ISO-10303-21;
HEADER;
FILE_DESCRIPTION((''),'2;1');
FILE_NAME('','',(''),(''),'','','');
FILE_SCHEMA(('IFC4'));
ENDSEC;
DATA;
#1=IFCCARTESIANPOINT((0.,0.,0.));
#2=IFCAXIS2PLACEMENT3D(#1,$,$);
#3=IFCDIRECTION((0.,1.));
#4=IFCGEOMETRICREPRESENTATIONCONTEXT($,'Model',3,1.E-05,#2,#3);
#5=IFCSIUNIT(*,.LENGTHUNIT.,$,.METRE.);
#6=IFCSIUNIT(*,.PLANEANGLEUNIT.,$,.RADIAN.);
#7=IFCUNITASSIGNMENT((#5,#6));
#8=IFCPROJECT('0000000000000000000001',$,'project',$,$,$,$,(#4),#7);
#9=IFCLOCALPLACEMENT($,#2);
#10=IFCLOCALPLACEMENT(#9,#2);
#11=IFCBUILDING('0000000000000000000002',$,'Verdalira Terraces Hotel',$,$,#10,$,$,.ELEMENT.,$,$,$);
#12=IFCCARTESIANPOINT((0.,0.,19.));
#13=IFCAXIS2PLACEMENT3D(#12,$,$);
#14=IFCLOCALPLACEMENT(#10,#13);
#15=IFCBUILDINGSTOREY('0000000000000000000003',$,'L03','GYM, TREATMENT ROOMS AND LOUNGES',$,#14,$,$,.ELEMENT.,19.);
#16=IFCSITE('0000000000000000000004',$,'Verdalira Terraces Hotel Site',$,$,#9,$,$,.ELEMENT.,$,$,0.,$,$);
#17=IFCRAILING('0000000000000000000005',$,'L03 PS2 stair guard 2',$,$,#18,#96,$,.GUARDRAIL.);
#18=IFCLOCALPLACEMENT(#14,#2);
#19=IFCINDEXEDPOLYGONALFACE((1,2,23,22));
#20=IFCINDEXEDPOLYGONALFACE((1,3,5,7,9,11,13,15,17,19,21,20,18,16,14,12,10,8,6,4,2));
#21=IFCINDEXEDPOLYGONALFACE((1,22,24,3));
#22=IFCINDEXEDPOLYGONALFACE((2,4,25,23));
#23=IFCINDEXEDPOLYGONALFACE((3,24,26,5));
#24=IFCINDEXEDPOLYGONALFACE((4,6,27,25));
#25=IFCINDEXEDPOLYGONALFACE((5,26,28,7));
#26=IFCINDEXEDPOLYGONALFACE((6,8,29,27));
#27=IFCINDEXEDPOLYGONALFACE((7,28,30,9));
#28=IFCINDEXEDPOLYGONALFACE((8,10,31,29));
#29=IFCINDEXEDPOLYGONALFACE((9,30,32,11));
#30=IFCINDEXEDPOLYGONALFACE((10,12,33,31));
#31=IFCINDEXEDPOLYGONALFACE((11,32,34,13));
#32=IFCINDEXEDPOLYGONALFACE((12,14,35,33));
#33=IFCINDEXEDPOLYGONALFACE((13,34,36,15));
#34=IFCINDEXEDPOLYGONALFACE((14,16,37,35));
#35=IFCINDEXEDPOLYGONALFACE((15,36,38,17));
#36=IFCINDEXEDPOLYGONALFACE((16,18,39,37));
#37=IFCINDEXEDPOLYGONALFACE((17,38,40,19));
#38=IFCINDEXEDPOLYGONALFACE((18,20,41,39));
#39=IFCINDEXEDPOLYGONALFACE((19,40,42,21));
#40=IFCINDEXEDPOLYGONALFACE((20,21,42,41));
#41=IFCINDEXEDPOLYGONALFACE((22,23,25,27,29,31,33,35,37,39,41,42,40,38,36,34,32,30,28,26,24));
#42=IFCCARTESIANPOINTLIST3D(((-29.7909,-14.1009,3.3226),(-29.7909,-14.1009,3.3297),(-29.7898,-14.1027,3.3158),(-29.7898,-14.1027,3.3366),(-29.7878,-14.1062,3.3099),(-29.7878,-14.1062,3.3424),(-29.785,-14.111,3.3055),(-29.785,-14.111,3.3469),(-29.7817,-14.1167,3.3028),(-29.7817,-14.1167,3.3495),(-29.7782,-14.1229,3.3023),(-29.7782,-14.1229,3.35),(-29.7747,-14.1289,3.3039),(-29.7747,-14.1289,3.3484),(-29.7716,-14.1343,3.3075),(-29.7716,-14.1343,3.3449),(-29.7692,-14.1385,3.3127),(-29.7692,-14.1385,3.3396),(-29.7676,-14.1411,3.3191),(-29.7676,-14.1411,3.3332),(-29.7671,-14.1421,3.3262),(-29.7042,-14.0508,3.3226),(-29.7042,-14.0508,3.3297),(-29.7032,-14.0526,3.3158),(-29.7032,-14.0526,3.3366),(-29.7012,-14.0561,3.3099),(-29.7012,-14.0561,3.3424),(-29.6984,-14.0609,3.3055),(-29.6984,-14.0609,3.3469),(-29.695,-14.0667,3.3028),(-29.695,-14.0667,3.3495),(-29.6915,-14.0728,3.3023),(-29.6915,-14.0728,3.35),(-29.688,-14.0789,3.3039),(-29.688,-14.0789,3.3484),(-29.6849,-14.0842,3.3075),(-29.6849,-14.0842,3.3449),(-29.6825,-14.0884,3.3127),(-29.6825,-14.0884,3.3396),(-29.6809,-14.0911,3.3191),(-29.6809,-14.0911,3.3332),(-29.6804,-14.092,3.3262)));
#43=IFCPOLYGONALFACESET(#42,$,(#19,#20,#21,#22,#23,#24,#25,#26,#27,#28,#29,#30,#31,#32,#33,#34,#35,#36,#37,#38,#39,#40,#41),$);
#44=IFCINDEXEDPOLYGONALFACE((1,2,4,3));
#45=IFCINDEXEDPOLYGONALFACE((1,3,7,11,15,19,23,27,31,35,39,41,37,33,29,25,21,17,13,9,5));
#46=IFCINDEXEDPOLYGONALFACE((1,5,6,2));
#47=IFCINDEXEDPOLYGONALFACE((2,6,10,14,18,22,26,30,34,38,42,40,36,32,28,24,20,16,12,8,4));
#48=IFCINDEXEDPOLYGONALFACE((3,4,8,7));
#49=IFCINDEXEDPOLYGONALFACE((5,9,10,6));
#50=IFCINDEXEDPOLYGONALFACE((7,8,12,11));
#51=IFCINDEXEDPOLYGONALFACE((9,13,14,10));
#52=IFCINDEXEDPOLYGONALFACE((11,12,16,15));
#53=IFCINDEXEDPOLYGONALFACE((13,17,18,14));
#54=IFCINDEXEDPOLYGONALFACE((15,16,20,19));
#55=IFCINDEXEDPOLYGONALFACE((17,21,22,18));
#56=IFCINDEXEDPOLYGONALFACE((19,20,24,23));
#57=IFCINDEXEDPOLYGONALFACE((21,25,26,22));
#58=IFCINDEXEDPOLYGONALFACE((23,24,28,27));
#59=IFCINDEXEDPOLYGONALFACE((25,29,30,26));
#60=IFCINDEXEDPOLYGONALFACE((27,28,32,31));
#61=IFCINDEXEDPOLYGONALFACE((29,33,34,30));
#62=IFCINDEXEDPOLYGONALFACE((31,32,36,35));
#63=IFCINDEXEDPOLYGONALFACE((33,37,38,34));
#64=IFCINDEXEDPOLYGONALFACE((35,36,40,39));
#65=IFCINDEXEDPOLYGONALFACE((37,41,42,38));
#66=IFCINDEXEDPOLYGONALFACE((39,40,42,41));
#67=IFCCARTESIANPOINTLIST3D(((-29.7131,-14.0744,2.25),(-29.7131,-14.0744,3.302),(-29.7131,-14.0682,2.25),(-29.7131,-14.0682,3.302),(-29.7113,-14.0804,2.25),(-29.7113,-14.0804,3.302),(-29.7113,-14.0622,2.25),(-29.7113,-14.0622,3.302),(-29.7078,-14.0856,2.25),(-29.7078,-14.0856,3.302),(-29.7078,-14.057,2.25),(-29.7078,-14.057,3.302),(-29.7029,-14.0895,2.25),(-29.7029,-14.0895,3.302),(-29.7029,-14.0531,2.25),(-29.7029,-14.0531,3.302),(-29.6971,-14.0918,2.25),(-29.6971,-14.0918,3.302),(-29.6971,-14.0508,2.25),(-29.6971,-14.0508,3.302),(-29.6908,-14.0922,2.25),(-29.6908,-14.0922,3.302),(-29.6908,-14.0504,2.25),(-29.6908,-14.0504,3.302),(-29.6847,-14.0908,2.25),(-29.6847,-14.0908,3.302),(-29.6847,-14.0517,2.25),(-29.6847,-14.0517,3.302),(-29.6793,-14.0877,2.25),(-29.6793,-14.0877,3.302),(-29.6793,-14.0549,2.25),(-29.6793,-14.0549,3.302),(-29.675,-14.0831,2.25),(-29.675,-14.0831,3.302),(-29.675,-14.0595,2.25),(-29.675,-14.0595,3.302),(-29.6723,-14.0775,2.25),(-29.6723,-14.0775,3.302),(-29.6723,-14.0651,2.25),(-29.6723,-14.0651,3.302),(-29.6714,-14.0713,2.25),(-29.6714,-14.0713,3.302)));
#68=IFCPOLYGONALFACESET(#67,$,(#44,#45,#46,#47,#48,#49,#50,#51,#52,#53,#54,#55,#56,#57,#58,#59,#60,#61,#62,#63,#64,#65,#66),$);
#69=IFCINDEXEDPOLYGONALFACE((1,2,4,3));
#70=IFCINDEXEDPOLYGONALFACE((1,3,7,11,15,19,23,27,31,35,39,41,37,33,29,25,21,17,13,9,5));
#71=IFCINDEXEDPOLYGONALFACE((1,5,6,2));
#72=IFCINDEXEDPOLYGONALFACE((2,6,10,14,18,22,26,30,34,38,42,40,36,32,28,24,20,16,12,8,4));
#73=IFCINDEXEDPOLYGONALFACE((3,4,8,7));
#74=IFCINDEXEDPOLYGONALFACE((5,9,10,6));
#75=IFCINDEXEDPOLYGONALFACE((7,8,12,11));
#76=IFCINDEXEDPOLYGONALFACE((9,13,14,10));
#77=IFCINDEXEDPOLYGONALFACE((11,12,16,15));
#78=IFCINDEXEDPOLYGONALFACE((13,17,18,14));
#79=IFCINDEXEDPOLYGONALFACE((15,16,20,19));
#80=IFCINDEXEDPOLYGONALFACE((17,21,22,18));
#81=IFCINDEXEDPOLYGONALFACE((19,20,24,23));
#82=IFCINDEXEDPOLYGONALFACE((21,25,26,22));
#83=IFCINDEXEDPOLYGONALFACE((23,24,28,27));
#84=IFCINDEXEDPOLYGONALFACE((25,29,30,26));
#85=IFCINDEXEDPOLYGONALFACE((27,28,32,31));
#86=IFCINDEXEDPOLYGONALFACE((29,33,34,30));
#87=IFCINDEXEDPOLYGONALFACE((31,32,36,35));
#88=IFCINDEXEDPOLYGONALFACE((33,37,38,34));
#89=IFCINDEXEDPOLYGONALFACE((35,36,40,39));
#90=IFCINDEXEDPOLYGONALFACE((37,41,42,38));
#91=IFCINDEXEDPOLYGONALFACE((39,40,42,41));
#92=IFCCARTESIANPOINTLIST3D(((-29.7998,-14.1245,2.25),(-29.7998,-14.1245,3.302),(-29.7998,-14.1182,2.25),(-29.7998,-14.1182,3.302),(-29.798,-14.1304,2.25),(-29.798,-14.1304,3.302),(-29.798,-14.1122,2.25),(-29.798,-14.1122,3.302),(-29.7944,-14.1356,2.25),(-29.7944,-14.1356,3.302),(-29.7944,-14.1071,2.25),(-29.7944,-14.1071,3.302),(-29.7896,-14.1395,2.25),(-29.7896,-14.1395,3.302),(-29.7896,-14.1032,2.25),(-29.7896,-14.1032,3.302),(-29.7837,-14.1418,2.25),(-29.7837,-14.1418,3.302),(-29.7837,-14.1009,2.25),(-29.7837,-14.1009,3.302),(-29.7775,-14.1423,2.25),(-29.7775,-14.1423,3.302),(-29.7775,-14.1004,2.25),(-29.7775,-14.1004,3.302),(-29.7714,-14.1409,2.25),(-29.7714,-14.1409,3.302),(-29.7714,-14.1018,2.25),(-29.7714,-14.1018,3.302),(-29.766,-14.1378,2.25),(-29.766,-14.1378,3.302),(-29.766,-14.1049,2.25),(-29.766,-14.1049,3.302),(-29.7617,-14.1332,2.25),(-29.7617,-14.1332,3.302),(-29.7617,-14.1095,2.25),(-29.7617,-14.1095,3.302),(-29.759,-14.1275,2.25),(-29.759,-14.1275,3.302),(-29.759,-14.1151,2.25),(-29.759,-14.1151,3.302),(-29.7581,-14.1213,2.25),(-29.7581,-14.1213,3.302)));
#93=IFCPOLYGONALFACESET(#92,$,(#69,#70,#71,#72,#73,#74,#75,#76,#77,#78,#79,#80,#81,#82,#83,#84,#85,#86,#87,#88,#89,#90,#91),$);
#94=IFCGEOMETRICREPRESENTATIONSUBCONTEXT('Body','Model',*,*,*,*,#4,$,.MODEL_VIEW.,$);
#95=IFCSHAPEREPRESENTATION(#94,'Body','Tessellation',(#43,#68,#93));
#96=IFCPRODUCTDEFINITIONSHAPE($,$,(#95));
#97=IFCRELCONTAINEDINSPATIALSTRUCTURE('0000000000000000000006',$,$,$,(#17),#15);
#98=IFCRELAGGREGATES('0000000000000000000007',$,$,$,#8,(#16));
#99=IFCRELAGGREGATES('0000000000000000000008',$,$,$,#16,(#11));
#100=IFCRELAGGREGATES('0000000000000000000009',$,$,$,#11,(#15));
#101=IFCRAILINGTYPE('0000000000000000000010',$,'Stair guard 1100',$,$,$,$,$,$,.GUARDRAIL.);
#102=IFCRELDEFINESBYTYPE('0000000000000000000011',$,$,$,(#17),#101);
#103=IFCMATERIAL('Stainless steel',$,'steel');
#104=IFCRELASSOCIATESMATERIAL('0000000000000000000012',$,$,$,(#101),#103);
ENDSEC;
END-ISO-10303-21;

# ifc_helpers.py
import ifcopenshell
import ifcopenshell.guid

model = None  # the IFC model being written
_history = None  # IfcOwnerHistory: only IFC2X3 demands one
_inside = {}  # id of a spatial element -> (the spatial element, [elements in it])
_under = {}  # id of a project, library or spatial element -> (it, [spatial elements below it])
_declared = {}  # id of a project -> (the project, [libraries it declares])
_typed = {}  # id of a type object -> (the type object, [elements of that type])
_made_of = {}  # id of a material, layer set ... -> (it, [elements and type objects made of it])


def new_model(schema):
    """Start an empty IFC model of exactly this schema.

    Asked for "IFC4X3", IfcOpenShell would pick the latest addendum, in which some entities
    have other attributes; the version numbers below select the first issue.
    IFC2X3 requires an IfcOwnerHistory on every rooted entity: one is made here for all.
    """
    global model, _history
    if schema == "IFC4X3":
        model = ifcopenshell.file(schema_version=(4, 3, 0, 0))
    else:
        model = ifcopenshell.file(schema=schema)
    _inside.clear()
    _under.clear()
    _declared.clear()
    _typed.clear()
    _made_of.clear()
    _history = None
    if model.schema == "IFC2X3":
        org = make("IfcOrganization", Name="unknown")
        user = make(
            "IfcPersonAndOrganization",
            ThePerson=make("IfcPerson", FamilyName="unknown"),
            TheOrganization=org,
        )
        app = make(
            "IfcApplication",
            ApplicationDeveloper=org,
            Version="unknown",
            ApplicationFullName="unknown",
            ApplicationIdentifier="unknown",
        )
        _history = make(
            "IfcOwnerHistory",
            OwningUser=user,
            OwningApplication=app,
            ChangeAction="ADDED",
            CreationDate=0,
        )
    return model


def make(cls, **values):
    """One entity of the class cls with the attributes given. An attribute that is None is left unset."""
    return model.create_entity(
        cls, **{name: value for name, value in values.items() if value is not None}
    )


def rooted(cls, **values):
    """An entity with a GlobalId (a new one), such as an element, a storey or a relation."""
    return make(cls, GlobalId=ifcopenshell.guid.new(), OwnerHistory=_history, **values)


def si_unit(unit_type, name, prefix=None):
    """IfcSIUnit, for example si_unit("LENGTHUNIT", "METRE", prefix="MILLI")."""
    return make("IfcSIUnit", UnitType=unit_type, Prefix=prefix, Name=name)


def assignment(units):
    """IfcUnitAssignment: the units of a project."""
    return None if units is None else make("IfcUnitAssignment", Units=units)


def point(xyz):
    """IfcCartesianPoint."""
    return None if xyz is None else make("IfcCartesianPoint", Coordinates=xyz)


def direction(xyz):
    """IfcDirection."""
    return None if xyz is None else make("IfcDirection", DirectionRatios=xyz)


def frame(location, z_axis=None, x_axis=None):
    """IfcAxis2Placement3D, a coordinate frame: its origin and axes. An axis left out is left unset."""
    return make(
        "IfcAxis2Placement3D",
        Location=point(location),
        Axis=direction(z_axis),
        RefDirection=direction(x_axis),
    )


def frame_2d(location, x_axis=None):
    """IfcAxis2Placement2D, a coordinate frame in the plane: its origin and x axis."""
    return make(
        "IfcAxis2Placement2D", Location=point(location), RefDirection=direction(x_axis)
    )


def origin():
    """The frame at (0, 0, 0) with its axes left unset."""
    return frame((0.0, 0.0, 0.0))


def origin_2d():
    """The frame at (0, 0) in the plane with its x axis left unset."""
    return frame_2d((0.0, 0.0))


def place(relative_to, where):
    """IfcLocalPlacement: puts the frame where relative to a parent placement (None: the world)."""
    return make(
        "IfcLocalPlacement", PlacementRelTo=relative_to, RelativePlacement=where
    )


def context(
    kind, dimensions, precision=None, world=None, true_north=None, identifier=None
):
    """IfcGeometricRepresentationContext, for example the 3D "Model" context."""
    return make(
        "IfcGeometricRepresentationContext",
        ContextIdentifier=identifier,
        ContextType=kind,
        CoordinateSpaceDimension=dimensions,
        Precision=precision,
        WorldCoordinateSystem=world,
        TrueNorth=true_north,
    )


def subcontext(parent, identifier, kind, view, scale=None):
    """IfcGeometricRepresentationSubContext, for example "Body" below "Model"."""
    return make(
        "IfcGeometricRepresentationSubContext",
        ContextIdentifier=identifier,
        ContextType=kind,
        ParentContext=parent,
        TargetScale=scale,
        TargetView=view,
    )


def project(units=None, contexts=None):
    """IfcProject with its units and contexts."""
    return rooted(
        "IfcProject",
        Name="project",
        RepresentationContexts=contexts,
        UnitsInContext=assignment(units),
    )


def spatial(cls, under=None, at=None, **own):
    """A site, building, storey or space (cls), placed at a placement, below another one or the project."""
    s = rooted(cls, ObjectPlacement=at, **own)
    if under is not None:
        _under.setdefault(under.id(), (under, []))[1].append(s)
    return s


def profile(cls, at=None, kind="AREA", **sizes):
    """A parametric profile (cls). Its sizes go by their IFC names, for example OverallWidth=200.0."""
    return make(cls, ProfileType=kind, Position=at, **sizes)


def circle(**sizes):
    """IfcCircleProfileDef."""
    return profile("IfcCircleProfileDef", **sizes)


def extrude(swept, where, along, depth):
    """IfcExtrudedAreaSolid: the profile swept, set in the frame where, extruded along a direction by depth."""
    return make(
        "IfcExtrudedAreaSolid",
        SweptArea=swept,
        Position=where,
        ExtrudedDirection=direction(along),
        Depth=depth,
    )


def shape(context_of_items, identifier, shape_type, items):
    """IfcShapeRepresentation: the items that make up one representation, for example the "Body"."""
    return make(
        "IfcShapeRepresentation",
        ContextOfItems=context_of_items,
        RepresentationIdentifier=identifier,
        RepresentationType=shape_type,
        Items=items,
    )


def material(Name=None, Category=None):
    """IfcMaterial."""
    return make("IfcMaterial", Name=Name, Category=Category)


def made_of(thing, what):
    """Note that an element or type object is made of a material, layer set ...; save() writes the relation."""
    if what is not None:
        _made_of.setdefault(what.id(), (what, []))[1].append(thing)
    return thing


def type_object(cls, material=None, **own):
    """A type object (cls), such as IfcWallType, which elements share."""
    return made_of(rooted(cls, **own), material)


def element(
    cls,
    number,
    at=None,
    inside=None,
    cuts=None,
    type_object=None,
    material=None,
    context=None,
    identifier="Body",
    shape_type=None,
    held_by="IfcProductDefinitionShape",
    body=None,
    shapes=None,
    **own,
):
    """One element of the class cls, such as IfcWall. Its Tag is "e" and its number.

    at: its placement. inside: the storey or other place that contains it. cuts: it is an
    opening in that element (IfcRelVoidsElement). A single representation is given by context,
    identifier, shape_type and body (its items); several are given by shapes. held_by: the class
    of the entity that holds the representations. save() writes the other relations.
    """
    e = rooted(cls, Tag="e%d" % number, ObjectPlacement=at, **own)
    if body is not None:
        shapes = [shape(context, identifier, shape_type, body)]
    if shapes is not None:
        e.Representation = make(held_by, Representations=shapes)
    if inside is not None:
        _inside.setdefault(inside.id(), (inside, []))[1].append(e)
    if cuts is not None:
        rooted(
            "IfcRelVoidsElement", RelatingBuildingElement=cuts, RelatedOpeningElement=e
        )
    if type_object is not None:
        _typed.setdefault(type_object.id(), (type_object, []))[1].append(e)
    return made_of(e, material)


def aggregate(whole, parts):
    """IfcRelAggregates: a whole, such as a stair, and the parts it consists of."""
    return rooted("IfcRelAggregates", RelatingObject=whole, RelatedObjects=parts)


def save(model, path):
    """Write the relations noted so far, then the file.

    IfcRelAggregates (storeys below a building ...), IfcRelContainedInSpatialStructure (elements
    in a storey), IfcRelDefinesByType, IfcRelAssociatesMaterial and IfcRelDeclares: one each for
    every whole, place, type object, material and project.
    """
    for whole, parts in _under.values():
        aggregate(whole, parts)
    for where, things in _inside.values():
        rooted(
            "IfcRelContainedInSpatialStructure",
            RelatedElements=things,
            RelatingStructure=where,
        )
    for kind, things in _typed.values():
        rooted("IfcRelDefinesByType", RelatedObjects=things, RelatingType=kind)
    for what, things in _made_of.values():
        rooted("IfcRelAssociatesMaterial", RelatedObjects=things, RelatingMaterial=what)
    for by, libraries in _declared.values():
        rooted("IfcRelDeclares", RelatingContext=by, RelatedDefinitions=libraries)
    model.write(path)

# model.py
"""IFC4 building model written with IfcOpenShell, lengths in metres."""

from ifc_helpers import new_model, si_unit, direction, frame, origin, origin_2d, place, context, subcontext, project, spatial, circle, extrude, material, type_object, element, save


model = new_model("IFC4")

# Units and contexts
model_context = context("Model", 3, precision=1e-05, world=origin(), true_north=direction((0.0, 1.0)))
body_context = subcontext(model_context, "Body", "Model", "MODEL_VIEW")
ifc_project = project(units=[si_unit("LENGTHUNIT", "METRE"), si_unit("PLANEANGLEUNIT", "RADIAN")], contexts=[model_context])

# Site, building, storey
site_placement = place(None, origin())
site = spatial("IfcSite", under=ifc_project, at=site_placement, Name="Verdalira Terraces Hotel Site", CompositionType="ELEMENT", RefElevation=0.0)
building_placement = place(site_placement, origin())
building = spatial("IfcBuilding", under=site, at=building_placement, Name="Verdalira Terraces Hotel", CompositionType="ELEMENT")
storey_placement = place(building_placement, frame((0.0, 0.0, 19.0)))
storey = spatial("IfcBuildingStorey", under=building, at=storey_placement, Name="L03", Description="GYM, TREATMENT ROOMS AND LOUNGES", CompositionType="ELEMENT", Elevation=19.0)

# Railing
ifc_material_1 = material(Name="Stainless steel", Category="steel")
railing_type_1 = type_object("IfcRailingType", Name="Stair guard 1100", PredefinedType="GUARDRAIL", material=ifc_material_1)
railing_1_placement = place(storey_placement, frame((-29.6924, -14.0713, 2.25)))
element("IfcRailing", 1, at=railing_1_placement, inside=storey, type_object=railing_type_1, Name="L03 PS2 stair guard 2", PredefinedType="GUARDRAIL", context=body_context, shape_type="SweptSolid", body=[
    extrude(circle(Radius=0.0239, at=origin_2d()), frame((0.0, 0.0, 1.0762), z_axis=(-0.865982, -0.500074, 0.0), x_axis=(0.500074, -0.865982, 0.0)), (0.0, 0.0, 1.0), 0.1001),
    extrude(circle(Radius=0.021, at=origin_2d()), origin(), (0.0, 0.0, 1.0), 1.052),
    extrude(circle(Radius=0.021, at=origin_2d()), frame((-0.0867, -0.05, 0.0)), (0.0, 0.0, 1.0), 1.052),
])

save(model, "model.ifc")
